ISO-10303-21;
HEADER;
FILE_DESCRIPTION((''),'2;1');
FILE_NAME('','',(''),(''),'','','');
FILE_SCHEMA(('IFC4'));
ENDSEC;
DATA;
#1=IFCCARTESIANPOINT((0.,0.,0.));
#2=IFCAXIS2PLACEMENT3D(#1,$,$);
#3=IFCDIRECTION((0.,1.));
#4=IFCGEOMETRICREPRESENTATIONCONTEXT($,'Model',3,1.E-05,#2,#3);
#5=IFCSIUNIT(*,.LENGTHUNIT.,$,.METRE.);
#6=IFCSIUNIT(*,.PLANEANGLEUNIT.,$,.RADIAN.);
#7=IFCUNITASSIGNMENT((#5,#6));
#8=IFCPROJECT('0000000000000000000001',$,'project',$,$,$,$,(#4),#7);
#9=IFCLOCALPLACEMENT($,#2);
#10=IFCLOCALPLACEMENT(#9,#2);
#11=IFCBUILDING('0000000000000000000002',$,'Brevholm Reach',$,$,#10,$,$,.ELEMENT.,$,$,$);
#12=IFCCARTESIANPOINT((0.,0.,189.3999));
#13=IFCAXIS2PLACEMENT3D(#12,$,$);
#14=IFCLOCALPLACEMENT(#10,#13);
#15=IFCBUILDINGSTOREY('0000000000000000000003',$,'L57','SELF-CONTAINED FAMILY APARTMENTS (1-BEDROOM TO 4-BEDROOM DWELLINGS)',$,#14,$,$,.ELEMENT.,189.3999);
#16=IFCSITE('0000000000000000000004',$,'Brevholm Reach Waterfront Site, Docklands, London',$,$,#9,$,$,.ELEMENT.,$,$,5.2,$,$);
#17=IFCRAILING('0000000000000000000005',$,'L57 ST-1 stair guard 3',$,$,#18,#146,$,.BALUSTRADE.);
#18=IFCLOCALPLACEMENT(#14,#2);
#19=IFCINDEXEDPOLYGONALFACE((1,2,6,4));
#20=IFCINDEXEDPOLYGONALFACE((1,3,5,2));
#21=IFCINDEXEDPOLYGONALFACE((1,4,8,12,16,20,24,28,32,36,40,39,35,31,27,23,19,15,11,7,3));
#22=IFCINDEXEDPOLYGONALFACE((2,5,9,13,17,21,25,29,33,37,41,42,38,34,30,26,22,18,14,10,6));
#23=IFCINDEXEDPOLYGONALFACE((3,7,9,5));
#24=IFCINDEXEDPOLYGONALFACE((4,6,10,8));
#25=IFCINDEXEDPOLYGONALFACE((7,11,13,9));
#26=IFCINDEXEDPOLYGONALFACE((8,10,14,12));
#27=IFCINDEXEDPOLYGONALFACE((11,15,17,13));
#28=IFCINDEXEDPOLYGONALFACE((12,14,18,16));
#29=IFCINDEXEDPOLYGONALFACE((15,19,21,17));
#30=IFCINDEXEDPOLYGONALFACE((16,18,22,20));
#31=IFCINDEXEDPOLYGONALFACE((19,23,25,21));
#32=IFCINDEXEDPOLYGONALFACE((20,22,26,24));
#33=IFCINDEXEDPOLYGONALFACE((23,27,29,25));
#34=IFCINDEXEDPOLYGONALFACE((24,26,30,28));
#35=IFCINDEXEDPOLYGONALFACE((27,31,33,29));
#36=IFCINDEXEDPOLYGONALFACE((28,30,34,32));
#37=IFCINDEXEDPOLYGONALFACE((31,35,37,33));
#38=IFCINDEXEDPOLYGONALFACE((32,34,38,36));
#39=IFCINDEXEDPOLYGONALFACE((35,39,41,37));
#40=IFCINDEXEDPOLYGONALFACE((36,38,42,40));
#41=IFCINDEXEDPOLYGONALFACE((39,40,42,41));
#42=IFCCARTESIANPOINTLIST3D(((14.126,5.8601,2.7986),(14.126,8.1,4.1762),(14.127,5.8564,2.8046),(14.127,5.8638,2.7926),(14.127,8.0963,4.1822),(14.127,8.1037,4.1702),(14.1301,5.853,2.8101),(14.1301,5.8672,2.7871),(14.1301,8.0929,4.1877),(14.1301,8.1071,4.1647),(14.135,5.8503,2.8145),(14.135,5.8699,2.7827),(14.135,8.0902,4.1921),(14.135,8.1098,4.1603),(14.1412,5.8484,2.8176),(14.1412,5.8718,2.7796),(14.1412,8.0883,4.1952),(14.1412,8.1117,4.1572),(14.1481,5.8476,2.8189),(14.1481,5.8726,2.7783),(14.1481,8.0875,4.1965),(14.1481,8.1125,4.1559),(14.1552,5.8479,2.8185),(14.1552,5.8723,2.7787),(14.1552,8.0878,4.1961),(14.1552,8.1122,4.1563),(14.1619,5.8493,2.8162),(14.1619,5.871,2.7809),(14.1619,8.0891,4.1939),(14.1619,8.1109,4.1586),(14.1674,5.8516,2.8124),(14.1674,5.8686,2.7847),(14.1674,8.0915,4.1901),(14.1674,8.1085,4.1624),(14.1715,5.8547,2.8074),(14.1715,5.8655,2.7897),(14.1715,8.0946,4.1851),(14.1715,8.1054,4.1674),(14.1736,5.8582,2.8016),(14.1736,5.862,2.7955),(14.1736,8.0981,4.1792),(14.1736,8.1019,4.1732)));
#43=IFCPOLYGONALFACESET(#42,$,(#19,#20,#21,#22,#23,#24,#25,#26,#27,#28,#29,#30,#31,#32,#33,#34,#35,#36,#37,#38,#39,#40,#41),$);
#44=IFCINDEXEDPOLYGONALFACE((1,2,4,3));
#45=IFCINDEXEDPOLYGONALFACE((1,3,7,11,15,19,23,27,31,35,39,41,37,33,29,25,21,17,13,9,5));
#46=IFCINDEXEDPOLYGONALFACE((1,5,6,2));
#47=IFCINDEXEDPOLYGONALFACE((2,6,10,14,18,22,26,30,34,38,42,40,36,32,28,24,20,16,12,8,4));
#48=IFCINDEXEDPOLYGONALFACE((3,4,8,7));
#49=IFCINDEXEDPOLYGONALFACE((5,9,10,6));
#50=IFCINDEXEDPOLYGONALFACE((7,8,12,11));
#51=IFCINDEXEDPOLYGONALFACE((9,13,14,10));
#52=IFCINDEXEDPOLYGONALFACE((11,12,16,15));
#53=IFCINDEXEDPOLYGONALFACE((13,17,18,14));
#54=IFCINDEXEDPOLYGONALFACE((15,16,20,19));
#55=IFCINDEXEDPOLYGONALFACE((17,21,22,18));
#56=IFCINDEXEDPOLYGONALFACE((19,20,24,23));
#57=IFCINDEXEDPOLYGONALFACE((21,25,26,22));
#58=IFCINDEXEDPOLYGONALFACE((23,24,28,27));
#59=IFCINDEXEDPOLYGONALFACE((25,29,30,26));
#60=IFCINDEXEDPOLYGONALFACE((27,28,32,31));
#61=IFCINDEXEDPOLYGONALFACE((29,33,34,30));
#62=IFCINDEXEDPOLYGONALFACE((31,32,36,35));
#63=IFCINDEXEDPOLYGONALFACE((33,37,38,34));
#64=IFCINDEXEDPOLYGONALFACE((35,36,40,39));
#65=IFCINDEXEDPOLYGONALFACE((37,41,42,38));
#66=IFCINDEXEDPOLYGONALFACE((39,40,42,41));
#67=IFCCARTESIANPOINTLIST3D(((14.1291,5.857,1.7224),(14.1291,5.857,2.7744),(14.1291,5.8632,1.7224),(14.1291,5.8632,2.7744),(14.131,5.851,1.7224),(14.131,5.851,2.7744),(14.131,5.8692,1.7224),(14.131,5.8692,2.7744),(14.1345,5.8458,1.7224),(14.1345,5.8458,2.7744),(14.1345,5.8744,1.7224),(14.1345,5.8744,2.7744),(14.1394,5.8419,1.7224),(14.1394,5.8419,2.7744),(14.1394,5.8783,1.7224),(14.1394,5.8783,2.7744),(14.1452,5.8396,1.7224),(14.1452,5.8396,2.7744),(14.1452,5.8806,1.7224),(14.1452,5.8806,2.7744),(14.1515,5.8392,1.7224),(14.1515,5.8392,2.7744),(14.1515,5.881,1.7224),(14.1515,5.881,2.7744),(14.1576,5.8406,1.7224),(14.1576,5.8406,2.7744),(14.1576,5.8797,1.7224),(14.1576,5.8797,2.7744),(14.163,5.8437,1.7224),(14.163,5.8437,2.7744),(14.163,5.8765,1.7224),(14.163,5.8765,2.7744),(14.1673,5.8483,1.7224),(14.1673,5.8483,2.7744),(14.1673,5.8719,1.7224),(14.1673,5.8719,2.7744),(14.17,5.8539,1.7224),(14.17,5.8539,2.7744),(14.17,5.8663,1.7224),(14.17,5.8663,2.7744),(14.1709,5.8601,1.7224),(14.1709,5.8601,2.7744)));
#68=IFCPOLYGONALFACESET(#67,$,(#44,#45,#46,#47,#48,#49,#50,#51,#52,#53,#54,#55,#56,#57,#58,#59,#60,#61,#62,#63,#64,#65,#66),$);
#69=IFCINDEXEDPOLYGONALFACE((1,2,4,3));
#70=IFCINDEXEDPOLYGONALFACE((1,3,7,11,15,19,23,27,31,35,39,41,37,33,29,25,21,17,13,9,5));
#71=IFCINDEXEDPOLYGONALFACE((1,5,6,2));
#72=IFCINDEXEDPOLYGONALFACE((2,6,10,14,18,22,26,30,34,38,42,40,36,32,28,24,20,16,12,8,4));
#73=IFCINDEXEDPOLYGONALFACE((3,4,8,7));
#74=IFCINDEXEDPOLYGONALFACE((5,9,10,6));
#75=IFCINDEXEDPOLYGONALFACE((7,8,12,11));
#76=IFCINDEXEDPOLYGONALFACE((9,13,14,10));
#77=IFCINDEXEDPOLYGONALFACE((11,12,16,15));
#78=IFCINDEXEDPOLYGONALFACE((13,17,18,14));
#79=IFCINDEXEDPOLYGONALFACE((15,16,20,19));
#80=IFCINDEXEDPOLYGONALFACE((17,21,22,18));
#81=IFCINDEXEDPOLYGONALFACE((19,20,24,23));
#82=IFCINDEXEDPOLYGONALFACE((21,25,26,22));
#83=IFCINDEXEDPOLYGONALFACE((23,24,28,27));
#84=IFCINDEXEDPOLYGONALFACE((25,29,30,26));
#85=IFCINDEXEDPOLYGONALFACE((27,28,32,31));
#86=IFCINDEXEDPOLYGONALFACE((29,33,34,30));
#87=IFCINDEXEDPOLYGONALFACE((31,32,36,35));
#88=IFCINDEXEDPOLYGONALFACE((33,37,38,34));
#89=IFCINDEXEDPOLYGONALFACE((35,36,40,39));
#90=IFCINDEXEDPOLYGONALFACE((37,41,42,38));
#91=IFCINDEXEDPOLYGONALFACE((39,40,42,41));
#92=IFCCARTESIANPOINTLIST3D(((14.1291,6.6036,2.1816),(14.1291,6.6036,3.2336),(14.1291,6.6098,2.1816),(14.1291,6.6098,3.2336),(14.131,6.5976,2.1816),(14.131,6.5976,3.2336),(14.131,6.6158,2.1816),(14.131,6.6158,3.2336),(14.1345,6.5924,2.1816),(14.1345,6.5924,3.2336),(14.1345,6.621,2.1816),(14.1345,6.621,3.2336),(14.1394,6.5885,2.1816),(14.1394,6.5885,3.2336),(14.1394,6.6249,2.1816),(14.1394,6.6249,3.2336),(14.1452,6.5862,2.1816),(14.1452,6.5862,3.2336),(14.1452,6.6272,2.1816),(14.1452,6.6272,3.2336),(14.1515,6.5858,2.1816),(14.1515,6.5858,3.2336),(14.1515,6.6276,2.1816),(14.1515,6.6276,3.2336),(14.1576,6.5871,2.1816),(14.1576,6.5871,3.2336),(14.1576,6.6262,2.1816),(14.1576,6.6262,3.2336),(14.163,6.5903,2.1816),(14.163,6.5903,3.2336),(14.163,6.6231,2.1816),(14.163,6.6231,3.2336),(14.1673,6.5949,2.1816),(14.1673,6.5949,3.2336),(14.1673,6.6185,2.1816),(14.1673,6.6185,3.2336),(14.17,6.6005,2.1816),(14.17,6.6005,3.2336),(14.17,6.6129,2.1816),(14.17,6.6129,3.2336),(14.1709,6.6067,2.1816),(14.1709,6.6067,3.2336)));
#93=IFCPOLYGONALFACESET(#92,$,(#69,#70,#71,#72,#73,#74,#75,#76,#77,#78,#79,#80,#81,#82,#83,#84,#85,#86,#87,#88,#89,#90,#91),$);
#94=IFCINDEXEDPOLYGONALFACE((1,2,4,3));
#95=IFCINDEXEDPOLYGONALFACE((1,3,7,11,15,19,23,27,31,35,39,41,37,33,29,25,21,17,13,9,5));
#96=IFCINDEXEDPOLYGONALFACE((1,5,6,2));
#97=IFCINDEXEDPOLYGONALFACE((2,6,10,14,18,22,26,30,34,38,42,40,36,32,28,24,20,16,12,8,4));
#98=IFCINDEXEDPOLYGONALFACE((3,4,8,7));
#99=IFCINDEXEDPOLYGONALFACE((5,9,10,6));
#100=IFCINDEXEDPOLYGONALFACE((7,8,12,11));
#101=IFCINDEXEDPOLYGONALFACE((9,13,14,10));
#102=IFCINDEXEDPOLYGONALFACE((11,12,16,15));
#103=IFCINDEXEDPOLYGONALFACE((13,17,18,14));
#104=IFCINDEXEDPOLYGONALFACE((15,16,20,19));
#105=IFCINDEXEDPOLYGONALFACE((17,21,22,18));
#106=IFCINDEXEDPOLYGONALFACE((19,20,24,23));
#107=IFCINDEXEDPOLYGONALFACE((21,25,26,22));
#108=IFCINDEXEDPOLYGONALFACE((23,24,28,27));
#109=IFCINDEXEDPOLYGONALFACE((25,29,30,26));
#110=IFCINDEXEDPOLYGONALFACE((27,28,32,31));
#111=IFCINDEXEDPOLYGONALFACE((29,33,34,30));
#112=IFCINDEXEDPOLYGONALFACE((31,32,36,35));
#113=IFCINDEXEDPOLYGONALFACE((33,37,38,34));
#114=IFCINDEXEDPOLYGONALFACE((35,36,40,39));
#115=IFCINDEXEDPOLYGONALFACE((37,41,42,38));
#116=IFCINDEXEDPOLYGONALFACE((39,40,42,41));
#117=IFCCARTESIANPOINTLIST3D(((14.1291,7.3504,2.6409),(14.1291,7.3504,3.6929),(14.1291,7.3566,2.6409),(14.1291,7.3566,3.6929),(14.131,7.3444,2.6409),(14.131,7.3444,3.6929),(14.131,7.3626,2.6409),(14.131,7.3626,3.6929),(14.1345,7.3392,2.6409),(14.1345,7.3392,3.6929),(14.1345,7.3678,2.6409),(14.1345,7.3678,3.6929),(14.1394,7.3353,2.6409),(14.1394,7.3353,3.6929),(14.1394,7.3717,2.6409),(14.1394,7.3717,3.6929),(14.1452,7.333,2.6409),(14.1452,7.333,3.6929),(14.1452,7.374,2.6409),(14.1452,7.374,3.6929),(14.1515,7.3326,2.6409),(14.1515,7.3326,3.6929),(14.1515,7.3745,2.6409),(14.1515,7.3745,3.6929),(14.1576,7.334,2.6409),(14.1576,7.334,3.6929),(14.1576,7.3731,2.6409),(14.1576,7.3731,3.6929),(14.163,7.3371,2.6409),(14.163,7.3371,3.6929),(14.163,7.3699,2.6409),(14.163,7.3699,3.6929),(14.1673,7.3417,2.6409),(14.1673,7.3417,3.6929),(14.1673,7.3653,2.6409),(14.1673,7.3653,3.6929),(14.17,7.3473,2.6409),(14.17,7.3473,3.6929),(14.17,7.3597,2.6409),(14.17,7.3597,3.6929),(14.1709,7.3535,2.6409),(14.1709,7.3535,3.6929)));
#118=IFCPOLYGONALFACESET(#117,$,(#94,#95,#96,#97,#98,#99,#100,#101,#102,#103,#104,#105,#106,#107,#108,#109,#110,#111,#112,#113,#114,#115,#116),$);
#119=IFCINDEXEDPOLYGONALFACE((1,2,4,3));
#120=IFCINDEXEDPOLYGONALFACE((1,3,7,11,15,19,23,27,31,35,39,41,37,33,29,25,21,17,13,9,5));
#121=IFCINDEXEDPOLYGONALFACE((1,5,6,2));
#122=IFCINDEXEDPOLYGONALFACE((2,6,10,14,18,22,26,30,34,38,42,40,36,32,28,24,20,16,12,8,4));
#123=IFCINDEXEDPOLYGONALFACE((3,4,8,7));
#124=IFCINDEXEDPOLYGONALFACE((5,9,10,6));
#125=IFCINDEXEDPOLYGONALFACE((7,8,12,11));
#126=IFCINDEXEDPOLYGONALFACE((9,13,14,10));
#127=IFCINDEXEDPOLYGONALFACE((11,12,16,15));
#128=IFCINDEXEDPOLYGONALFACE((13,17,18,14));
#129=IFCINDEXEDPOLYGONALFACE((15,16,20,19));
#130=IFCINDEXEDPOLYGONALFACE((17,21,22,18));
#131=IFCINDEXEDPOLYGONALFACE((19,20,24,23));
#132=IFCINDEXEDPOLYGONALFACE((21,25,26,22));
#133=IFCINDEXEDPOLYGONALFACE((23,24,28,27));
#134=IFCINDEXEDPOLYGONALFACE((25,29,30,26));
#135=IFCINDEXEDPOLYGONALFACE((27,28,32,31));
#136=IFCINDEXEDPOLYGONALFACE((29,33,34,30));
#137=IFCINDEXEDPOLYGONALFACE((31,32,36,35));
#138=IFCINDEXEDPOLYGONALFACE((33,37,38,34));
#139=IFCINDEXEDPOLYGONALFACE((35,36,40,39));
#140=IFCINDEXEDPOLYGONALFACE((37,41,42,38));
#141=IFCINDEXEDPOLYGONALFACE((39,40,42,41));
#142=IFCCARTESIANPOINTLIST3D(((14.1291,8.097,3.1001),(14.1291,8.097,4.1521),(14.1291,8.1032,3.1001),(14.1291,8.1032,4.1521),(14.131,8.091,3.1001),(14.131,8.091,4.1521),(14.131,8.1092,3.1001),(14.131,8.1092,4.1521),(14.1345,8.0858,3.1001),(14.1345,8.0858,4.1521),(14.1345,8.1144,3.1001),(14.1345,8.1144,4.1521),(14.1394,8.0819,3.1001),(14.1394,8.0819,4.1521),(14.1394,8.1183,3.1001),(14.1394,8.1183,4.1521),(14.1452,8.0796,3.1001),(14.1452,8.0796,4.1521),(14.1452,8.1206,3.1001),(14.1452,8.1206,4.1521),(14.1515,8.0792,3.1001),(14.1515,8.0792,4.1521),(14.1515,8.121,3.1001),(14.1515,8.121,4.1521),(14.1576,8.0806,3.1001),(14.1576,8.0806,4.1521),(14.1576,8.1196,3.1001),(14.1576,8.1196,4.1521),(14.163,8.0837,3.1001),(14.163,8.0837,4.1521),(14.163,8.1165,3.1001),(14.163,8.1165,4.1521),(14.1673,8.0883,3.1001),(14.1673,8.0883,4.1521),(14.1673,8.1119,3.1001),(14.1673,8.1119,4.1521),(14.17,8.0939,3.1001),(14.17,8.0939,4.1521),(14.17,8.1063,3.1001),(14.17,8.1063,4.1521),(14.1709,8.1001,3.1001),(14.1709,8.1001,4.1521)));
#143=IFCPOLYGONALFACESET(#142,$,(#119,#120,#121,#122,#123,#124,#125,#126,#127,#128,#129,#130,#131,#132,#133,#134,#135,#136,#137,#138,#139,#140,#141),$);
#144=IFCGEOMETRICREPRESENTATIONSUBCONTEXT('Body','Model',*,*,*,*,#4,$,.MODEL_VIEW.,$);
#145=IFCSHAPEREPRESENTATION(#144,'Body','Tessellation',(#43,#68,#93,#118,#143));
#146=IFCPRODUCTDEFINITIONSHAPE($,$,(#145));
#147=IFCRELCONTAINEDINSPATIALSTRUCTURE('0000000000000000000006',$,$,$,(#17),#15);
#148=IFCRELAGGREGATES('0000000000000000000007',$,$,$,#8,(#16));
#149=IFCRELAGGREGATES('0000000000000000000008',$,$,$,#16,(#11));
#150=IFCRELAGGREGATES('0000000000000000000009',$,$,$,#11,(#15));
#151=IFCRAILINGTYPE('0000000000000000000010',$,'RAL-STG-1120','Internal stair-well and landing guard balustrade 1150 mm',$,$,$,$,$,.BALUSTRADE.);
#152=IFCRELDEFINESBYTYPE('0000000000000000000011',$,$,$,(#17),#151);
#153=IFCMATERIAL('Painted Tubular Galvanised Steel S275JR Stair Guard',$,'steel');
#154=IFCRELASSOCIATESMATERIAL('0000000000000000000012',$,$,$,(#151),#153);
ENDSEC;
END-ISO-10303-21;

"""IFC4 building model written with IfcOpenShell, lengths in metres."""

from ifc_helpers import new_model, si_unit, direction, frame, origin, origin_2d, place, context, subcontext, project, spatial, circle, extrude, material, type_object, element, save


model = new_model("IFC4")

# Units and contexts
model_context = context("Model", 3, precision=1e-05, world=origin(), true_north=direction((0.0, 1.0)))
body_context = subcontext(model_context, "Body", "Model", "MODEL_VIEW")
ifc_project = project(units=[si_unit("LENGTHUNIT", "METRE"), si_unit("PLANEANGLEUNIT", "RADIAN")], contexts=[model_context])

# Site, building, storey
site_placement = place(None, origin())
site = spatial("IfcSite", under=ifc_project, at=site_placement, Name="Brevholm Reach Waterfront Site, Docklands, London", CompositionType="ELEMENT", RefElevation=5.2)
building_placement = place(site_placement, origin())
building = spatial("IfcBuilding", under=site, at=building_placement, Name="Brevholm Reach", CompositionType="ELEMENT")
storey_placement = place(building_placement, frame((0.0, 0.0, 189.3999)))
storey = spatial("IfcBuildingStorey", under=building, at=storey_placement, Name="L57", Description="SELF-CONTAINED FAMILY APARTMENTS (1-BEDROOM TO 4-BEDROOM DWELLINGS)", CompositionType="ELEMENT", Elevation=189.3999)

# Railing
ifc_material_1 = material(Name="Painted Tubular Galvanised Steel S275JR Stair Guard", Category="steel")
railing_type_1 = type_object("IfcRailingType", Name="RAL-STG-1120", Description="Internal stair-well and landing guard balustrade 1150 mm", PredefinedType="BALUSTRADE", material=ifc_material_1)
railing_1_placement = place(storey_placement, frame((14.1499, 5.8601, 1.7224)))
element("IfcRailing", 1, at=railing_1_placement, inside=storey, type_object=railing_type_1, Name="L57 ST-1 stair guard 3", PredefinedType="BALUSTRADE", context=body_context, shape_type="SweptSolid", body=[
    extrude(circle(Radius=0.0239, at=origin_2d()), frame((0.0, 0.0, 1.0762), z_axis=(0.0, 0.851789, 0.523885), x_axis=(-1.0, 0.0, 0.0)), (0.0, 0.0, 1.0), 2.6296),
    extrude(circle(Radius=0.021, at=origin_2d()), origin(), (0.0, 0.0, 1.0), 1.052),
    extrude(circle(Radius=0.021, at=origin_2d()), frame((0.0, 0.7466, 0.4592)), (0.0, 0.0, 1.0), 1.052),
    extrude(circle(Radius=0.021, at=origin_2d()), frame((0.0, 1.4934, 0.9185)), (0.0, 0.0, 1.0), 1.052),
    extrude(circle(Radius=0.021, at=origin_2d()), frame((0.0, 2.24, 1.3777)), (0.0, 0.0, 1.0), 1.052),
])

save(model, "model.ifc")
